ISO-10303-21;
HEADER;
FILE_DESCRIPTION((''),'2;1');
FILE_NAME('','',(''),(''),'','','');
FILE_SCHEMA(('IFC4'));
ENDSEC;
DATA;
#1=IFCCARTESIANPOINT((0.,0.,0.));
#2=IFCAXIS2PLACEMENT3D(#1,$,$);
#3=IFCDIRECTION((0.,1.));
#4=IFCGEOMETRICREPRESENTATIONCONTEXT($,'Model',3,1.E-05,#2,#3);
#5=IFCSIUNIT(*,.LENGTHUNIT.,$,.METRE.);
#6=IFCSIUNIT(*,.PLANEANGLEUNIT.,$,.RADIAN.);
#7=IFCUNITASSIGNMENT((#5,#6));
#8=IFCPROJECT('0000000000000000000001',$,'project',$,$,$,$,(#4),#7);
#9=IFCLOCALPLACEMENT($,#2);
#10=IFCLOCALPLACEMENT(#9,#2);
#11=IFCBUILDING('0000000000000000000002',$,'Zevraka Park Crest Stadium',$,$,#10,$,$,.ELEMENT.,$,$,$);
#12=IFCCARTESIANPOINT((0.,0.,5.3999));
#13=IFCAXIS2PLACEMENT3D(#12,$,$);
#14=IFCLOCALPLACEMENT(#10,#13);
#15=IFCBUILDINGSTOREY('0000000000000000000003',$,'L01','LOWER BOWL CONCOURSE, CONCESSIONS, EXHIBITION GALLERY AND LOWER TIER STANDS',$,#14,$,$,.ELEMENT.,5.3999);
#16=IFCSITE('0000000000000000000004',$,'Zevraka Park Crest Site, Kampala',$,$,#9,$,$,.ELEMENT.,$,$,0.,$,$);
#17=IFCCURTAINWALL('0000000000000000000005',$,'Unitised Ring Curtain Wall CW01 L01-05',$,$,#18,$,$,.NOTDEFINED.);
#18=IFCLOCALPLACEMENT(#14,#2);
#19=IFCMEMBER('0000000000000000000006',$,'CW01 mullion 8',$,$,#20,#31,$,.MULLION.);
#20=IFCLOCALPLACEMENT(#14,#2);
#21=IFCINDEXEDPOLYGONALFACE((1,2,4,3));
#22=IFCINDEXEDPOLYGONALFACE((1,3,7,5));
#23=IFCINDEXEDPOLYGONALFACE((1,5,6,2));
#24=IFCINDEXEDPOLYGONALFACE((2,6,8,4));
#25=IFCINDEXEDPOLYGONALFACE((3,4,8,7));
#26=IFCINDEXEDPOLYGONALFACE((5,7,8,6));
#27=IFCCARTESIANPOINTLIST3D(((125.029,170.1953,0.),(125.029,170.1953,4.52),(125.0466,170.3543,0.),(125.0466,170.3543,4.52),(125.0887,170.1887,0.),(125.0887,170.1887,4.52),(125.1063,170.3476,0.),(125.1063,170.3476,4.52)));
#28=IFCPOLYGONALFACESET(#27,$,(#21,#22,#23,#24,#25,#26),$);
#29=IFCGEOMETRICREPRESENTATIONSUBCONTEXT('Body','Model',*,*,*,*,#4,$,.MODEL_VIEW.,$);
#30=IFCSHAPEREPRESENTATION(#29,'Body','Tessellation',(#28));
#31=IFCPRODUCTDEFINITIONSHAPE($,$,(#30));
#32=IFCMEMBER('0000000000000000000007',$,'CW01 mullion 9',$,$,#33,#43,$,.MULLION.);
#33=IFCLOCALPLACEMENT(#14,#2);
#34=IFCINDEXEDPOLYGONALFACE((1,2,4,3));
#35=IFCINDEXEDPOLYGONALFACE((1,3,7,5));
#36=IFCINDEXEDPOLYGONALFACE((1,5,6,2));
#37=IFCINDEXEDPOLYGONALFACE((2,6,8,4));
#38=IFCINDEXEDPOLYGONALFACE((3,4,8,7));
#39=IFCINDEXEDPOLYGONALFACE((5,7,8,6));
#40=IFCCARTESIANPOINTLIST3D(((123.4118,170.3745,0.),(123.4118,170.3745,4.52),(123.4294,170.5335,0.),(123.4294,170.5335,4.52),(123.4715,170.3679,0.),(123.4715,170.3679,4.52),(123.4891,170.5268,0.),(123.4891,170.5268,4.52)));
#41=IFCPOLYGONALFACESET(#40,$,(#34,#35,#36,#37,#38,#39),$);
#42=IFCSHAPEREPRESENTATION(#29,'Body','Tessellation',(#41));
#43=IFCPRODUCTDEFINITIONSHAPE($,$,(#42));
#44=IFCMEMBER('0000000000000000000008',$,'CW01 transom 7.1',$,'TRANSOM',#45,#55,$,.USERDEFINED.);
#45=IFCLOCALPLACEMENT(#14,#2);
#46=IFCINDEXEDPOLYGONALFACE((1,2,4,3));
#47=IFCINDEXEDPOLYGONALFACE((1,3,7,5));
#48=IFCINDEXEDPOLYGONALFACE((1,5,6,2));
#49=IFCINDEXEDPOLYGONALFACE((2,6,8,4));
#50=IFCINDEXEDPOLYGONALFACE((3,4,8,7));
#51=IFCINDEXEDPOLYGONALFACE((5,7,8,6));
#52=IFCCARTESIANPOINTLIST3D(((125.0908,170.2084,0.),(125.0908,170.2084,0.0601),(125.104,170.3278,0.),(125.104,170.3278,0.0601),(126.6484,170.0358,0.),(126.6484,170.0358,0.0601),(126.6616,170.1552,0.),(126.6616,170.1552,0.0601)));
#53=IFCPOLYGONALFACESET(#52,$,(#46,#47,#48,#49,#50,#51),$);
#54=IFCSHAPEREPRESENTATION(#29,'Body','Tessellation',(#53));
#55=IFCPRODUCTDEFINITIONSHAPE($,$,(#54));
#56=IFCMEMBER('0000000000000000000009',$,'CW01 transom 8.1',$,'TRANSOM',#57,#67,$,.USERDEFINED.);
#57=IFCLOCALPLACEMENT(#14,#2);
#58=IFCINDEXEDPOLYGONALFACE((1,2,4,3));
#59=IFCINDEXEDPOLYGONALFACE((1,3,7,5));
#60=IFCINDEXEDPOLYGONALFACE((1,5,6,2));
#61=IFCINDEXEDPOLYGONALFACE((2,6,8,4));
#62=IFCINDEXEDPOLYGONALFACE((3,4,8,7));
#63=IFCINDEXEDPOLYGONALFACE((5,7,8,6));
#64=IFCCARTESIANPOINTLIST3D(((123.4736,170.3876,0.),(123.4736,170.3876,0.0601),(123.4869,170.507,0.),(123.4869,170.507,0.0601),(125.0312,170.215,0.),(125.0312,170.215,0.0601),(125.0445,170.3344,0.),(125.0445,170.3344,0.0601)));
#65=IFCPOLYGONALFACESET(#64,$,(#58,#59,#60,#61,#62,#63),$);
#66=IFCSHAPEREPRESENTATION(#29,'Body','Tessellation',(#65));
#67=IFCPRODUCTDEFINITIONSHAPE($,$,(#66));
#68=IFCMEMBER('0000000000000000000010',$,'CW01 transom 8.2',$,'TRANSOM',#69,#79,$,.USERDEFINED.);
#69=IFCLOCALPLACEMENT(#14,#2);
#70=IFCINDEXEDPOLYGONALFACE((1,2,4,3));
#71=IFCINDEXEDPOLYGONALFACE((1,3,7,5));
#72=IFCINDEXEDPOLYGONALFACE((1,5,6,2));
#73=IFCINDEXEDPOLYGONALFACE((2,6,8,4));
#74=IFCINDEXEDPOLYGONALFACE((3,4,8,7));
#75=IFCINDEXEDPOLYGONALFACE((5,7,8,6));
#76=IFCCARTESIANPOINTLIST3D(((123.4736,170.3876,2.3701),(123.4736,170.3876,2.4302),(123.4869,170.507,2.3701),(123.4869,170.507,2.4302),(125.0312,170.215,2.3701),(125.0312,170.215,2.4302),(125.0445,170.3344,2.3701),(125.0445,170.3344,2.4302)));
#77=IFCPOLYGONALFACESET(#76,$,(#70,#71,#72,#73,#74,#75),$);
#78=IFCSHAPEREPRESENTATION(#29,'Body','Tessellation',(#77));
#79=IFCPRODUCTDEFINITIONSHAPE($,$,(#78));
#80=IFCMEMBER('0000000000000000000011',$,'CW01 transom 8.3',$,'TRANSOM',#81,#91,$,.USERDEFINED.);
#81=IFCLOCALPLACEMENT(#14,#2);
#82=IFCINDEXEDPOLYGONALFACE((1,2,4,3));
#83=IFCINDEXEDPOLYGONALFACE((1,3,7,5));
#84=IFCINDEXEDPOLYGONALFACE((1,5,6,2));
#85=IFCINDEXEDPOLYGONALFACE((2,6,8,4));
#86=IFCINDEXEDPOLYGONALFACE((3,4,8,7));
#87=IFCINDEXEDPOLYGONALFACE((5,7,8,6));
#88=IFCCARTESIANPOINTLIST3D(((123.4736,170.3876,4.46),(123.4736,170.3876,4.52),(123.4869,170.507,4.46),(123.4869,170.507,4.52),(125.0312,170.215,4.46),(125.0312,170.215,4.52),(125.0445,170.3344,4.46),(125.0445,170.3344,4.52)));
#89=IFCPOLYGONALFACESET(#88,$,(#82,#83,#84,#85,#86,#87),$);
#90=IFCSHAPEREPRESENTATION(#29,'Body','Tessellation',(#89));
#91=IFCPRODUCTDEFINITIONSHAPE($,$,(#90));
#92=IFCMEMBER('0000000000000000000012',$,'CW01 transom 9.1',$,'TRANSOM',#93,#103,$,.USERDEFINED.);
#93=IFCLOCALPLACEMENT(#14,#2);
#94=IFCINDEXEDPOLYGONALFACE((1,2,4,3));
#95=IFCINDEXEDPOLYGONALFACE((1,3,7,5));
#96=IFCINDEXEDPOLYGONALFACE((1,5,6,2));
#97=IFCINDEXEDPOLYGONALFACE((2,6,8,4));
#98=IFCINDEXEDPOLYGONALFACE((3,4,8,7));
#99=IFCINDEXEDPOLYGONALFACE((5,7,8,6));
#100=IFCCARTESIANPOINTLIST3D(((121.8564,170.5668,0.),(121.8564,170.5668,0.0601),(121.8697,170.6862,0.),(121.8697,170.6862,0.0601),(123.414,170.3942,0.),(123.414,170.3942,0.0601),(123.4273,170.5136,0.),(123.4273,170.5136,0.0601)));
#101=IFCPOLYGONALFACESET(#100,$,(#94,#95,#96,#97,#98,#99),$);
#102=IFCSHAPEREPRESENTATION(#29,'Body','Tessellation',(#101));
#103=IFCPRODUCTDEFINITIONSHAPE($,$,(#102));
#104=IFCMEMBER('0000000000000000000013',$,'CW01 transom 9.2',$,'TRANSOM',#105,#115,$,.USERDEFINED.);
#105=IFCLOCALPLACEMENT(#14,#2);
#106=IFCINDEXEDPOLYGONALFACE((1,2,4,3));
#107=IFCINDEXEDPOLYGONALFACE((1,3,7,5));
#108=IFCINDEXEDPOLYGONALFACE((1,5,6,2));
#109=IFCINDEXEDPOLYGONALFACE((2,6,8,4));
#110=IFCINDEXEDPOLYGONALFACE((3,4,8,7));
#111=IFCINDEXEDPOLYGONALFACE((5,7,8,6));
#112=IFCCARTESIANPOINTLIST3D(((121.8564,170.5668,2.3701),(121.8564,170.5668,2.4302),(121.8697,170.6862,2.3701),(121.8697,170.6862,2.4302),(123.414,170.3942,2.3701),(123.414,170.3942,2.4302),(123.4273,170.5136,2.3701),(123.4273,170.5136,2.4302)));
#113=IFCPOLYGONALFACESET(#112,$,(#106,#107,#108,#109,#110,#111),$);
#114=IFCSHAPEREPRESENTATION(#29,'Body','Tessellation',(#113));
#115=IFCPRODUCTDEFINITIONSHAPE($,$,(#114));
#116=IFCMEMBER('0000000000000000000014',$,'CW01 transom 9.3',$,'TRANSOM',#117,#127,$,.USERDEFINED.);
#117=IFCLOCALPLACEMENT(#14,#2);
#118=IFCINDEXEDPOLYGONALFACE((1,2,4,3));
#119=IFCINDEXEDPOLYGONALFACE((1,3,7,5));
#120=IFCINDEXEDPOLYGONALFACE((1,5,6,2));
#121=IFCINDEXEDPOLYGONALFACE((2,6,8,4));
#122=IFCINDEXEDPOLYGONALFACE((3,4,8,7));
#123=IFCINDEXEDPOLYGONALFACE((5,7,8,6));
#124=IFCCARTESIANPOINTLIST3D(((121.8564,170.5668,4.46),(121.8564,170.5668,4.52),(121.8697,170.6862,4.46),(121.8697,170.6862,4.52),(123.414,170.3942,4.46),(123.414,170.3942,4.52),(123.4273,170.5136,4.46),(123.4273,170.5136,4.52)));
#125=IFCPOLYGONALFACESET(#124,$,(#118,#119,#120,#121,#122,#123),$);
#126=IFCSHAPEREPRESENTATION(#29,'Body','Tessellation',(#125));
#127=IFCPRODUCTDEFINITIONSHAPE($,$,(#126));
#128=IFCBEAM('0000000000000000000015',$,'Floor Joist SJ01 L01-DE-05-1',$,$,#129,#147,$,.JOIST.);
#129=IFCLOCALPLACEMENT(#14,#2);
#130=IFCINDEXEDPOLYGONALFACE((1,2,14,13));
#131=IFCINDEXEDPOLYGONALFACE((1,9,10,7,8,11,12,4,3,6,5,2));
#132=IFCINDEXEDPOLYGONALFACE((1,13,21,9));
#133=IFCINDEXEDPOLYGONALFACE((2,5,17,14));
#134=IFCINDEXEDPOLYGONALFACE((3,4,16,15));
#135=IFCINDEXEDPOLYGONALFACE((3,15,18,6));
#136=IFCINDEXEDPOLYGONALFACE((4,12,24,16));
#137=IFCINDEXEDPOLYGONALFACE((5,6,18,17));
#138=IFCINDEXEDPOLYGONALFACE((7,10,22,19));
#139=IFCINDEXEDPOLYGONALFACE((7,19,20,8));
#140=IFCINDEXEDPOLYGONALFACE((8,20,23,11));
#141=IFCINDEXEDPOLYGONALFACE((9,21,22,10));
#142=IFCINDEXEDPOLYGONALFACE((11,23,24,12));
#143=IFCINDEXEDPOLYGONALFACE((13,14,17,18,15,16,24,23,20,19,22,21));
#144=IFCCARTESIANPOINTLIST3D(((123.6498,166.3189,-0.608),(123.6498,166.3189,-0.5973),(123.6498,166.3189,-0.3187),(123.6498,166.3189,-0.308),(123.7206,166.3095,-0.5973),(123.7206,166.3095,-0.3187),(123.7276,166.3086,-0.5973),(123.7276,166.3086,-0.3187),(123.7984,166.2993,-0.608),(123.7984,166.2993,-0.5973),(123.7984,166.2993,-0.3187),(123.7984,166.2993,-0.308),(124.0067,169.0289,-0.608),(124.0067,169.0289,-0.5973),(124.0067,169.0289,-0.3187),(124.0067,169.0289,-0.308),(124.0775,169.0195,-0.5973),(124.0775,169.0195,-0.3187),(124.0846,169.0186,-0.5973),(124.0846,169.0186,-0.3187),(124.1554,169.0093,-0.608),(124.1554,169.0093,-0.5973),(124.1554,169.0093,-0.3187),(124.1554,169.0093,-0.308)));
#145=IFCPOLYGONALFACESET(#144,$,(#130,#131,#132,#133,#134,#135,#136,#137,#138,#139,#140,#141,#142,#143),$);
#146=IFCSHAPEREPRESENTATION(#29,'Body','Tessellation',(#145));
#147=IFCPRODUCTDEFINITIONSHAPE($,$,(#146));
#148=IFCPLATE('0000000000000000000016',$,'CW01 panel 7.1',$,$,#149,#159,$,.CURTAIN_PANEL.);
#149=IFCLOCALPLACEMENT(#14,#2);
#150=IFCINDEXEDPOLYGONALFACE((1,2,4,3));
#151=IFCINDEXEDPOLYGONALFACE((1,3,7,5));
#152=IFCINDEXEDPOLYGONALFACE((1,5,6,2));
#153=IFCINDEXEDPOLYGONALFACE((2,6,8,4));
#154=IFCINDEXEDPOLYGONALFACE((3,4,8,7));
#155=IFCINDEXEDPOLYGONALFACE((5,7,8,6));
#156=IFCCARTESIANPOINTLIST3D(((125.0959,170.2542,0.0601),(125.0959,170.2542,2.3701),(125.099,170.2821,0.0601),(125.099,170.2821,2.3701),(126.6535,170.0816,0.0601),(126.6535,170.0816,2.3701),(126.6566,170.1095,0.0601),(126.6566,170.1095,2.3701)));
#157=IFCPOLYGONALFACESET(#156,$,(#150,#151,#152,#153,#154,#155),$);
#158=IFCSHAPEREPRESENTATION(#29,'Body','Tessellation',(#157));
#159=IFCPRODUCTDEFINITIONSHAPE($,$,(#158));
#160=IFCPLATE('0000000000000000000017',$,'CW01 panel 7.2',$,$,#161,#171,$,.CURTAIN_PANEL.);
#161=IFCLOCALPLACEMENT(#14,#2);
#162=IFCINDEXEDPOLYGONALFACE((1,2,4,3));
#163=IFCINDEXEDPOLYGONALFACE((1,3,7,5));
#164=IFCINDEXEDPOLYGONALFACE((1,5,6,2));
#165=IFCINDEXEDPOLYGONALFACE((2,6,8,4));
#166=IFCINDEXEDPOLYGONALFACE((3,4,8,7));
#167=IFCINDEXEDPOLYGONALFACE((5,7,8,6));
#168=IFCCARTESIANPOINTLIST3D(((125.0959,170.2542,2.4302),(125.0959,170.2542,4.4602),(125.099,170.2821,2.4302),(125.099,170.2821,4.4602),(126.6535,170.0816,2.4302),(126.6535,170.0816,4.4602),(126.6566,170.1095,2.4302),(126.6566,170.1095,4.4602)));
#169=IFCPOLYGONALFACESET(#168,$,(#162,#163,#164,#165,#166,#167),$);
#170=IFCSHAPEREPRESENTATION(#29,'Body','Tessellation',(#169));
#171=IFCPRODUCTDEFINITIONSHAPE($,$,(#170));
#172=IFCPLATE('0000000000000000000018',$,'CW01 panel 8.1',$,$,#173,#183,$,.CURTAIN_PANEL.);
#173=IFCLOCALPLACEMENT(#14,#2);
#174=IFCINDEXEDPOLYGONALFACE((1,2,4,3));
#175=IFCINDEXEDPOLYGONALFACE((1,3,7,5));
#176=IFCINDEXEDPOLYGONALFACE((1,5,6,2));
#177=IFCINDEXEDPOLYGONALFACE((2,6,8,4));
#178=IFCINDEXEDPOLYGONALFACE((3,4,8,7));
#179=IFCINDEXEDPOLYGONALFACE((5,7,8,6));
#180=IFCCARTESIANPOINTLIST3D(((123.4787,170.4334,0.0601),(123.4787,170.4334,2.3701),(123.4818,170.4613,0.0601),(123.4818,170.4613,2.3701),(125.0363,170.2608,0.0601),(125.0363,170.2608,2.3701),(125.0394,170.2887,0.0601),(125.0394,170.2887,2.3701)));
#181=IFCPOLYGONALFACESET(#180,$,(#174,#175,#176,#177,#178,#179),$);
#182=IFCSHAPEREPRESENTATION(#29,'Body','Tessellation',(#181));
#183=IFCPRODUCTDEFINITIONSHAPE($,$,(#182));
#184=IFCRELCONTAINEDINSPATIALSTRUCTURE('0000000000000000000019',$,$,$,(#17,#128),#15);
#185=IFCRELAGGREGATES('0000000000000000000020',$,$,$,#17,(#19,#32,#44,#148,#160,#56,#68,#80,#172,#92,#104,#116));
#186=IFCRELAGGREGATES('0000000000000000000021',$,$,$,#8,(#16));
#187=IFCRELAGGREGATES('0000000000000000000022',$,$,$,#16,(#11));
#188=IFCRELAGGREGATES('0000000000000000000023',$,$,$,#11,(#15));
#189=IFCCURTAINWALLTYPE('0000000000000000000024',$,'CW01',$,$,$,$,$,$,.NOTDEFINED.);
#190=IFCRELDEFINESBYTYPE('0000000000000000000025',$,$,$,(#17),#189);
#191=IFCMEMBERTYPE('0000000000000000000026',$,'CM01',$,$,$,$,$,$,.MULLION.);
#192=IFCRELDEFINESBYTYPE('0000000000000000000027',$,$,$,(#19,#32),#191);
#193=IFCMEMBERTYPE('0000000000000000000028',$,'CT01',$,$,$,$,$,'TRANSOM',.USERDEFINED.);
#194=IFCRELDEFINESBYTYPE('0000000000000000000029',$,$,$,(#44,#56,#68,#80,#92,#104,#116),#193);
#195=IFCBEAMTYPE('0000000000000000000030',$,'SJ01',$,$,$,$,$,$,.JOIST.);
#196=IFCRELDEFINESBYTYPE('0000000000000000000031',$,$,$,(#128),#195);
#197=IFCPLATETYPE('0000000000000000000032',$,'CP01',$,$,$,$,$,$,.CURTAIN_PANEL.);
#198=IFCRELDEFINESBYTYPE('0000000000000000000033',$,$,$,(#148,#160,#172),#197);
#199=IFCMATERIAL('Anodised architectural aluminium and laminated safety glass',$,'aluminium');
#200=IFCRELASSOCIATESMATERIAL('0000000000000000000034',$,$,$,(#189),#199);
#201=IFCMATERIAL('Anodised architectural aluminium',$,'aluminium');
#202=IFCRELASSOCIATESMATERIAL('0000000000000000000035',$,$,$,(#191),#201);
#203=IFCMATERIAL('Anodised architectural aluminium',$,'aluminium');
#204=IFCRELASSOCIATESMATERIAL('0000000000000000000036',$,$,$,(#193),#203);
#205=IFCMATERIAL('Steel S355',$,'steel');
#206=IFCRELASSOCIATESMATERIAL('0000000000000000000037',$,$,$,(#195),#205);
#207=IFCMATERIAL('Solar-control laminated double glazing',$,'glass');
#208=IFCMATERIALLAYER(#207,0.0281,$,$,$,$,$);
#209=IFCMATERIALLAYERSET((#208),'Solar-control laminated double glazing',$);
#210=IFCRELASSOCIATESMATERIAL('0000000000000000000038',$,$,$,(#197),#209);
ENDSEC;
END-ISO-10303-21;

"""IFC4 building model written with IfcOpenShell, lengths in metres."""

from ifc_helpers import new_model, si_unit, direction, frame, origin, origin_2d, place, context, subcontext, project, spatial, rectangle, i_section, extrude, material, layer, layer_set, material_profile, profile_set, type_object, element, aggregate, save


model = new_model("IFC4")

# Units and contexts
model_context = context("Model", 3, precision=1e-05, world=origin(), true_north=direction((0.0, 1.0)))
body_context = subcontext(model_context, "Body", "Model", "MODEL_VIEW")
ifc_project = project(units=[si_unit("LENGTHUNIT", "METRE"), si_unit("PLANEANGLEUNIT", "RADIAN")], contexts=[model_context])

# Site, building, storey
site_placement = place(None, origin())
site = spatial("IfcSite", under=ifc_project, at=site_placement, Name="Zevraka Park Crest Site, Kampala", CompositionType="ELEMENT", RefElevation=0.0)
building_placement = place(site_placement, origin())
building = spatial("IfcBuilding", under=site, at=building_placement, Name="Zevraka Park Crest Stadium", CompositionType="ELEMENT")
storey_placement = place(building_placement, frame((0.0, 0.0, 5.3999)))
storey = spatial("IfcBuildingStorey", under=building, at=storey_placement, Name="L01", Description="LOWER BOWL CONCOURSE, CONCESSIONS, EXHIBITION GALLERY AND LOWER TIER STANDS", CompositionType="ELEMENT", Elevation=5.3999)

# Curtain wall, members
ifc_material_1 = material(Name="Anodised architectural aluminium and laminated safety glass", Category="aluminium")
curtain_wall_type = type_object("IfcCurtainWallType", Name="CW01", PredefinedType="NOTDEFINED", material=ifc_material_1)
curtain_wall_placement = place(storey_placement, origin())
curtain_wall = element("IfcCurtainWall", 1, at=curtain_wall_placement, inside=storey, type_object=curtain_wall_type, Name="Unitised Ring Curtain Wall CW01 L01-05", PredefinedType="NOTDEFINED")
ifc_material_2 = material(Name="Anodised architectural aluminium", Category="aluminium")
ifc_material_profile_1 = material_profile(ifc_material_2, rectangle(XDim=0.1599, YDim=0.0601, at=origin_2d()), Name="ALU MULLION 160x60")
ifc_profile_set_1 = profile_set([ifc_material_profile_1], Name="Anodised architectural aluminium")
member_type_1 = type_object("IfcMemberType", Name="CM01", PredefinedType="MULLION", material=ifc_profile_set_1)
member_1_placement = place(storey_placement, frame((125.0676, 170.2715, 0.0), z_axis=(0.0, 0.0, 1.0), x_axis=(-0.110135, -0.993917, 0.0)))
member_1 = element("IfcMember", 2, at=member_1_placement, type_object=member_type_1, Name="CW01 mullion 8", PredefinedType="MULLION", context=body_context, shape_type="SweptSolid", body=[
    extrude(rectangle(XDim=0.1599, YDim=0.0601, at=origin_2d()), origin(), (0.0, 0.0, 1.0), 4.52),
])
member_2_placement = place(storey_placement, frame((123.4504, 170.4507, 0.0), z_axis=(0.0, 0.0, 1.0), x_axis=(-0.110135, -0.993917, 0.0)))
member_2 = element("IfcMember", 3, at=member_2_placement, type_object=member_type_1, Name="CW01 mullion 9", PredefinedType="MULLION", context=body_context, shape_type="SweptSolid", body=[
    extrude(rectangle(XDim=0.1599, YDim=0.0601, at=origin_2d()), origin(), (0.0, 0.0, 1.0), 4.52),
])
ifc_material_3 = material(Name="Anodised architectural aluminium", Category="aluminium")
ifc_material_profile_2 = material_profile(ifc_material_3, rectangle(XDim=0.1201, YDim=0.0601, at=origin_2d()), Name="ALU TRANSOM 120x60")
ifc_profile_set_2 = profile_set([ifc_material_profile_2], Name="Anodised architectural aluminium")
member_type_2 = type_object("IfcMemberType", Name="CT01", ElementType="TRANSOM", PredefinedType="USERDEFINED", material=ifc_profile_set_2)
member_3_placement = place(storey_placement, frame((126.655, 170.0955, 0.03), z_axis=(-0.993916, 0.110141, 0.0), x_axis=(-0.110141, -0.993916, 0.0)))
member_3 = element("IfcMember", 4, at=member_3_placement, type_object=member_type_2, Name="CW01 transom 7.1", ObjectType="TRANSOM", PredefinedType="USERDEFINED", context=body_context, shape_type="SweptSolid", body=[
    extrude(rectangle(XDim=0.1201, YDim=0.0601, at=origin_2d()), origin(), (0.0, 0.0, 1.0), 1.5671),
])
member_4_placement = place(storey_placement, frame((125.0378, 170.2747, 0.03), z_axis=(-0.993916, 0.110141, 0.0), x_axis=(-0.110141, -0.993916, 0.0)))
member_4 = element("IfcMember", 5, at=member_4_placement, type_object=member_type_2, Name="CW01 transom 8.1", ObjectType="TRANSOM", PredefinedType="USERDEFINED", context=body_context, shape_type="SweptSolid", body=[
    extrude(rectangle(XDim=0.1201, YDim=0.0601, at=origin_2d()), origin(), (0.0, 0.0, 1.0), 1.5671),
])
member_5_placement = place(storey_placement, frame((125.0378, 170.2747, 2.4001), z_axis=(-0.993916, 0.110141, 0.0), x_axis=(-0.110141, -0.993916, 0.0)))
member_5 = element("IfcMember", 6, at=member_5_placement, type_object=member_type_2, Name="CW01 transom 8.2", ObjectType="TRANSOM", PredefinedType="USERDEFINED", context=body_context, shape_type="SweptSolid", body=[
    extrude(rectangle(XDim=0.1201, YDim=0.0601, at=origin_2d()), origin(), (0.0, 0.0, 1.0), 1.5671),
])
member_6_placement = place(storey_placement, frame((125.0378, 170.2747, 4.49), z_axis=(-0.993916, 0.110141, 0.0), x_axis=(-0.110141, -0.993916, 0.0)))
member_6 = element("IfcMember", 7, at=member_6_placement, type_object=member_type_2, Name="CW01 transom 8.3", ObjectType="TRANSOM", PredefinedType="USERDEFINED", context=body_context, shape_type="SweptSolid", body=[
    extrude(rectangle(XDim=0.1201, YDim=0.0601, at=origin_2d()), origin(), (0.0, 0.0, 1.0), 1.5671),
])
member_7_placement = place(storey_placement, frame((123.4207, 170.4539, 0.03), z_axis=(-0.993916, 0.110141, 0.0), x_axis=(-0.110141, -0.993916, 0.0)))
member_7 = element("IfcMember", 8, at=member_7_placement, type_object=member_type_2, Name="CW01 transom 9.1", ObjectType="TRANSOM", PredefinedType="USERDEFINED", context=body_context, shape_type="SweptSolid", body=[
    extrude(rectangle(XDim=0.1201, YDim=0.0601, at=origin_2d()), origin(), (0.0, 0.0, 1.0), 1.5671),
])
member_8_placement = place(storey_placement, frame((123.4207, 170.4539, 2.4001), z_axis=(-0.993916, 0.110141, 0.0), x_axis=(-0.110141, -0.993916, 0.0)))
member_8 = element("IfcMember", 9, at=member_8_placement, type_object=member_type_2, Name="CW01 transom 9.2", ObjectType="TRANSOM", PredefinedType="USERDEFINED", context=body_context, shape_type="SweptSolid", body=[
    extrude(rectangle(XDim=0.1201, YDim=0.0601, at=origin_2d()), origin(), (0.0, 0.0, 1.0), 1.5671),
])
member_9_placement = place(storey_placement, frame((123.4207, 170.4539, 4.49), z_axis=(-0.993916, 0.110141, 0.0), x_axis=(-0.110141, -0.993916, 0.0)))
member_9 = element("IfcMember", 10, at=member_9_placement, type_object=member_type_2, Name="CW01 transom 9.3", ObjectType="TRANSOM", PredefinedType="USERDEFINED", context=body_context, shape_type="SweptSolid", body=[
    extrude(rectangle(XDim=0.1201, YDim=0.0601, at=origin_2d()), origin(), (0.0, 0.0, 1.0), 1.5671),
])

# Beam
ifc_material_4 = material(Name="Steel S355", Category="steel")
ifc_material_profile_3 = material_profile(ifc_material_4, i_section(OverallWidth=0.1499, OverallDepth=0.3, WebThickness=0.0071, FlangeThickness=0.0107, at=origin_2d()), Name="IPE 300")
ifc_profile_set_3 = profile_set([ifc_material_profile_3], Name="Steel S355")
beam_type = type_object("IfcBeamType", Name="SJ01", PredefinedType="JOIST", material=ifc_profile_set_3)
beam_placement = place(storey_placement, frame((123.7241, 166.3091, -0.458), z_axis=(0.130584, 0.991437, 0.0), x_axis=(-0.991437, 0.130584, 0.0)))
element("IfcBeam", 11, at=beam_placement, inside=storey, type_object=beam_type, Name="Floor Joist SJ01 L01-DE-05-1", PredefinedType="JOIST", context=body_context, shape_type="SweptSolid", body=[
    extrude(i_section(OverallWidth=0.1499, OverallDepth=0.3, WebThickness=0.0071, FlangeThickness=0.0107, at=origin_2d()), origin(), (0.0, 0.0, 1.0), 2.7334),
])

# Plates
ifc_material_5 = material(Name="Solar-control laminated double glazing", Category="glass")
ifc_layer_1 = layer(ifc_material_5, 0.0281)
ifc_layer_set_1 = layer_set([ifc_layer_1], Name="Solar-control laminated double glazing")
plate_type = type_object("IfcPlateType", Name="CP01", PredefinedType="CURTAIN_PANEL", material=ifc_layer_set_1)
plate_1_placement = place(storey_placement, frame((125.8762, 170.1819, 0.0601), z_axis=(0.0, 0.0, 1.0), x_axis=(-0.993917, 0.110135, 0.0)))
plate_1 = element("IfcPlate", 12, at=plate_1_placement, type_object=plate_type, Name="CW01 panel 7.1", PredefinedType="CURTAIN_PANEL", context=body_context, shape_type="SweptSolid", body=[
    extrude(rectangle(XDim=1.5671, YDim=0.0281, at=origin_2d()), origin(), (0.0, 0.0, 1.0), 2.3101),
])
plate_2_placement = place(storey_placement, frame((125.8762, 170.1819, 2.4302), z_axis=(0.0, 0.0, 1.0), x_axis=(-0.993917, 0.110135, 0.0)))
plate_2 = element("IfcPlate", 13, at=plate_2_placement, type_object=plate_type, Name="CW01 panel 7.2", PredefinedType="CURTAIN_PANEL", context=body_context, shape_type="SweptSolid", body=[
    extrude(rectangle(XDim=1.5671, YDim=0.0281, at=origin_2d()), origin(), (0.0, 0.0, 1.0), 2.03),
])
plate_3_placement = place(storey_placement, frame((124.259, 170.3611, 0.0601), z_axis=(0.0, 0.0, 1.0), x_axis=(-0.993917, 0.110135, 0.0)))
plate_3 = element("IfcPlate", 14, at=plate_3_placement, type_object=plate_type, Name="CW01 panel 8.1", PredefinedType="CURTAIN_PANEL", context=body_context, shape_type="SweptSolid", body=[
    extrude(rectangle(XDim=1.5671, YDim=0.0281, at=origin_2d()), origin(), (0.0, 0.0, 1.0), 2.3101),
])
aggregate(curtain_wall, [member_1, member_2, member_3, plate_1, plate_2, member_4, member_5, member_6, plate_3, member_7, member_8, member_9])

save(model, "model.ifc")
